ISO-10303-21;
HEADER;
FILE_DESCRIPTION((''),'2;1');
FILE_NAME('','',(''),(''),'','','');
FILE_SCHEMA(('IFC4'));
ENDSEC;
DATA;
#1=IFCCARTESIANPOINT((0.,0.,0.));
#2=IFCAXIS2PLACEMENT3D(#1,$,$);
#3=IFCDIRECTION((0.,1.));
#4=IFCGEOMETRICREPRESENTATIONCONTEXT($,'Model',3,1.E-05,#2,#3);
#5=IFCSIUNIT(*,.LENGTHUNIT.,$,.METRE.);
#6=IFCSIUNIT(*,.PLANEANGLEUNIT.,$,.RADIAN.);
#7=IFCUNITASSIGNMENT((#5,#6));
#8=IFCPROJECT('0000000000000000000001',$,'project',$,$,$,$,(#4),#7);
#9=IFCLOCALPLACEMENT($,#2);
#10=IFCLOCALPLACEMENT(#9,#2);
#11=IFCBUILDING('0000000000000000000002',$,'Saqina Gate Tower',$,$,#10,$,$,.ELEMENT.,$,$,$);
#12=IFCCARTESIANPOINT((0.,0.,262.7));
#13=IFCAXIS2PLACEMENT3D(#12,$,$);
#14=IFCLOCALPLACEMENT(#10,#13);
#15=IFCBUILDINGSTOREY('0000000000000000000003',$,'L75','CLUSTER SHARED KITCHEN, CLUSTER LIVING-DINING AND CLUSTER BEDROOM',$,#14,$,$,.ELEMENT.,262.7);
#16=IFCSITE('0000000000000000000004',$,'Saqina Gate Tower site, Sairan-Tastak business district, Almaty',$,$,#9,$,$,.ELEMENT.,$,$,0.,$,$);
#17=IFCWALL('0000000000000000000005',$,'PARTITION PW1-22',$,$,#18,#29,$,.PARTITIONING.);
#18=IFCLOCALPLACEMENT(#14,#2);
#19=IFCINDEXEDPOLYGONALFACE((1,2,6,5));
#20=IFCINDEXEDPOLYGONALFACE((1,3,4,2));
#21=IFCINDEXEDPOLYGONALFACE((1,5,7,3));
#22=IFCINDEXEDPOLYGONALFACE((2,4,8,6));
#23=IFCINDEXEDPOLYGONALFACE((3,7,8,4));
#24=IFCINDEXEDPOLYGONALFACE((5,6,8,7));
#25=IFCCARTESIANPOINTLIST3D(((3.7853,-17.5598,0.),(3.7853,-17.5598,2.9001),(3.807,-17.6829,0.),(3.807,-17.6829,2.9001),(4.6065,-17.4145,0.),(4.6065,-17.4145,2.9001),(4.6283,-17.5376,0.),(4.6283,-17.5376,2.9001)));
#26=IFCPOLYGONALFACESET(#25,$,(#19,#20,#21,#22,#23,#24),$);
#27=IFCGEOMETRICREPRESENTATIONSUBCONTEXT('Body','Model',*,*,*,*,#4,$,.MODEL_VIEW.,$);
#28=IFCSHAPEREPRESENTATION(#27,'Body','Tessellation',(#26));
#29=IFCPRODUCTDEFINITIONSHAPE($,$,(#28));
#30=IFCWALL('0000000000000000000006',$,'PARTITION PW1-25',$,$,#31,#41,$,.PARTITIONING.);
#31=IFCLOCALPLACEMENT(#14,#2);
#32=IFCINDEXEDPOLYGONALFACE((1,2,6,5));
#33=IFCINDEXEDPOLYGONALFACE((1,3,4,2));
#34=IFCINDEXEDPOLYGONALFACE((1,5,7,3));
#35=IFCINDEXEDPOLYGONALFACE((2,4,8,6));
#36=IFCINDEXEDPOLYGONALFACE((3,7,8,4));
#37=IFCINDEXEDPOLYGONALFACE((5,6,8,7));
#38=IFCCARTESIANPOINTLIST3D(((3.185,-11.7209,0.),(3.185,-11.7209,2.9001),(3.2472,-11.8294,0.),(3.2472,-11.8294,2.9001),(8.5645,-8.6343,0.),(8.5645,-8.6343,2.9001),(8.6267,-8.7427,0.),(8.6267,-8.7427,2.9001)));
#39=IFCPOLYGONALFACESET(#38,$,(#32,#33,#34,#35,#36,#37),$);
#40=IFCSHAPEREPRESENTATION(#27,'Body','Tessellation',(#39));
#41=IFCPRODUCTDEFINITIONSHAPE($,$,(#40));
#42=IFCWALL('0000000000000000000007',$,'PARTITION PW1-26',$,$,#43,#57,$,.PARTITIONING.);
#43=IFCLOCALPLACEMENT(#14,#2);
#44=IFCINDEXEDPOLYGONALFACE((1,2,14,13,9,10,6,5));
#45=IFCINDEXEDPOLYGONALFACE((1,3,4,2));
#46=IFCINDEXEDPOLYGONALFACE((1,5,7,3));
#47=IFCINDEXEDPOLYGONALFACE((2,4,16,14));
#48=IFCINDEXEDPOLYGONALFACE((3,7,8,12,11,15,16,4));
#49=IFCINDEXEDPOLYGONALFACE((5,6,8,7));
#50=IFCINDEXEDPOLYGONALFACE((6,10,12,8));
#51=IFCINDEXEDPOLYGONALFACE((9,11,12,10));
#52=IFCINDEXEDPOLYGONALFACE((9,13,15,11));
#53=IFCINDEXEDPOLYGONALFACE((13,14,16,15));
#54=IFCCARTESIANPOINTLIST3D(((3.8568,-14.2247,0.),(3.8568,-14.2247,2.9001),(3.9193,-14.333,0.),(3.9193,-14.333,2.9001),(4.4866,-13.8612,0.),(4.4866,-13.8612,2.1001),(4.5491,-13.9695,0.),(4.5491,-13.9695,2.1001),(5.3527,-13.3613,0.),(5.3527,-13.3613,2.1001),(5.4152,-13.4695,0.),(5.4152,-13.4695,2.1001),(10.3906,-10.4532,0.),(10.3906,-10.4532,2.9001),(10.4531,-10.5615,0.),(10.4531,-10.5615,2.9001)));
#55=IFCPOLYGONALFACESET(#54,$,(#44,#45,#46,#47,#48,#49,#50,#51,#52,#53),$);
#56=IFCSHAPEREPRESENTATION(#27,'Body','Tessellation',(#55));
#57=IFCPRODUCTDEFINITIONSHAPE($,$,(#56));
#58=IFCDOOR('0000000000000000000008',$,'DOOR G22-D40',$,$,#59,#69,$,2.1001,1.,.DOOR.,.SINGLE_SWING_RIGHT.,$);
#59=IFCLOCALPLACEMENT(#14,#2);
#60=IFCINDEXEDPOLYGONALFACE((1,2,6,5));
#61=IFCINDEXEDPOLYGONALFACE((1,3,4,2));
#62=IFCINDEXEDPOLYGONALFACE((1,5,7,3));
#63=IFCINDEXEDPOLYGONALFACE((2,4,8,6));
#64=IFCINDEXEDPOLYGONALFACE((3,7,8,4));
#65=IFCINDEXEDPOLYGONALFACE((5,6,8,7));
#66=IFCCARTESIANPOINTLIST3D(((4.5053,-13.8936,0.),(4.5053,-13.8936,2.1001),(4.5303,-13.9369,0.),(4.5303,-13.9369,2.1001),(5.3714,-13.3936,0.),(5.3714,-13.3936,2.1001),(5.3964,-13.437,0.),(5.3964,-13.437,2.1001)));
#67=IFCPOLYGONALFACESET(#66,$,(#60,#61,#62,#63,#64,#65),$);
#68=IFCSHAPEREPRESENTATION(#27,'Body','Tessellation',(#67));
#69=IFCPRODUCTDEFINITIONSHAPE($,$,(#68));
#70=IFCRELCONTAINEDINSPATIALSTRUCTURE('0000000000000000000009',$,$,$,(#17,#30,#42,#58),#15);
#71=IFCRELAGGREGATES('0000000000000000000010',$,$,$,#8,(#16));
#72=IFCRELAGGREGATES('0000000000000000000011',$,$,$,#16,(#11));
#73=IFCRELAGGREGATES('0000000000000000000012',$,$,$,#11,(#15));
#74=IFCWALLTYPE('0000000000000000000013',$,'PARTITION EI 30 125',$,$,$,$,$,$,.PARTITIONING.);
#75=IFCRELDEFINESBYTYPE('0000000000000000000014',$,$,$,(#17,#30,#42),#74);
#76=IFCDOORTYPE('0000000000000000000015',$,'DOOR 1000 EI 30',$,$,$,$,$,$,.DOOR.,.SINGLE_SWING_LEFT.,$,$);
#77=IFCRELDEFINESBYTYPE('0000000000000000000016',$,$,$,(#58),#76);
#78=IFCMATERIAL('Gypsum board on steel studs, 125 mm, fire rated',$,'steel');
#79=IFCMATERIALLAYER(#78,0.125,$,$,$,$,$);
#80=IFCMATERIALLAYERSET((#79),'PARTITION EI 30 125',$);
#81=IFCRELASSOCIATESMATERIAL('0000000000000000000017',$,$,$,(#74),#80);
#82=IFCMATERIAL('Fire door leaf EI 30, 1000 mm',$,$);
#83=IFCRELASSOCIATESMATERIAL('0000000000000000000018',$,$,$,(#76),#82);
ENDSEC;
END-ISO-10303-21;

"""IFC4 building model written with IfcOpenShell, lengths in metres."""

from ifc_helpers import new_model, si_unit, direction, frame, frame_2d, origin, place, context, subcontext, project, spatial, rectangle, extrude, material, layer, layer_set, type_object, element, fill, save


model = new_model("IFC4")

# Units and contexts
model_context = context("Model", 3, precision=1e-05, world=origin(), true_north=direction((0.0, 1.0)))
body_context = subcontext(model_context, "Body", "Model", "MODEL_VIEW")
ifc_project = project(units=[si_unit("LENGTHUNIT", "METRE"), si_unit("PLANEANGLEUNIT", "RADIAN")], contexts=[model_context])

# Site, building, storey
site_placement = place(None, origin())
site = spatial("IfcSite", under=ifc_project, at=site_placement, Name="Saqina Gate Tower site, Sairan-Tastak business district, Almaty", CompositionType="ELEMENT", RefElevation=0.0)
building_placement = place(site_placement, origin())
building = spatial("IfcBuilding", under=site, at=building_placement, Name="Saqina Gate Tower", CompositionType="ELEMENT")
storey_placement = place(building_placement, frame((0.0, 0.0, 262.7)))
storey = spatial("IfcBuildingStorey", under=building, at=storey_placement, Name="L75", Description="CLUSTER SHARED KITCHEN, CLUSTER LIVING-DINING AND CLUSTER BEDROOM", CompositionType="ELEMENT", Elevation=262.7)

# Shared definitions
ifc_material_1 = material(Name="Gypsum board on steel studs, 125 mm, fire rated", Category="steel")
ifc_layer_1 = layer(ifc_material_1, 0.125)
ifc_layer_set_1 = layer_set([ifc_layer_1], Name="PARTITION EI 30 125")
wall_type_1 = type_object("IfcWallType", Name="PARTITION EI 30 125", PredefinedType="PARTITIONING", material=ifc_layer_set_1)

# Walls
wall_1_placement = place(storey_placement, frame((3.7961, -17.6213, 0.0), z_axis=(0.0, 0.0, 1.0), x_axis=(0.984716, 0.174169, 0.0)))
element("IfcWall", 1, at=wall_1_placement, inside=storey, type_object=wall_type_1, Name="PARTITION PW1-22", PredefinedType="PARTITIONING", context=body_context, shape_type="SweptSolid", body=[
    extrude(rectangle(XDim=0.834, YDim=0.125, at=frame_2d((0.417, 0.0))), origin(), (0.0, 0.0, 1.0), 2.9001),
])
wall_2_placement = place(storey_placement, frame((3.2161, -11.7751, 0.0), z_axis=(0.0, 0.0, 1.0), x_axis=(0.867367, 0.497668, 0.0)))
element("IfcWall", 2, at=wall_2_placement, inside=storey, type_object=wall_type_1, Name="PARTITION PW1-25", PredefinedType="PARTITIONING", context=body_context, shape_type="SweptSolid", body=[
    extrude(rectangle(XDim=6.2021, YDim=0.125, at=frame_2d((3.1011, 0.0))), origin(), (0.0, 0.0, 1.0), 2.9001),
])

# Wall, opening, door
wall_3_placement = place(storey_placement, frame((3.8882, -14.2788, 0.0), z_axis=(0.0, 0.0, 1.0), x_axis=(0.866068, 0.499926, 0.0)))
wall_3 = element("IfcWall", 3, at=wall_3_placement, inside=storey, type_object=wall_type_1, Name="PARTITION PW1-26", PredefinedType="PARTITIONING", context=body_context, shape_type="SweptSolid", body=[
    extrude(rectangle(XDim=7.5442, YDim=0.125, at=frame_2d((3.772, 0.0))), origin(), (0.0, 0.0, 1.0), 2.9001),
])
opening_1_placement = place(wall_3_placement, frame((0.7271, 0.0, 0.0)))
opening_1 = element("IfcOpeningElement", 4, at=opening_1_placement, cuts=wall_3, PredefinedType="OPENING", context=body_context, shape_type="SweptSolid", body=[
    extrude(rectangle(XDim=1.0, YDim=2.1001, at=frame_2d((0.5, 1.05))), frame((0.0, 0.0745, 0.0), z_axis=(0.0, -1.0, 0.0), x_axis=(1.0, 0.0, 0.0)), (0.0, 0.0, 1.0), 0.1489),
])
ifc_material_2 = material(Name="Fire door leaf EI 30, 1000 mm")
door_type_1 = type_object("IfcDoorType", Name="DOOR 1000 EI 30", OperationType="SINGLE_SWING_LEFT", PredefinedType="DOOR", material=ifc_material_2)
door_1_placement = place(opening_1_placement, frame((1.0, 0.0, 0.0), z_axis=(0.0, 0.0, 1.0), x_axis=(-1.0, 0.0, 0.0)))
door_1 = element("IfcDoor", 5, at=door_1_placement, inside=storey, type_object=door_type_1, Name="DOOR G22-D40", OperationType="SINGLE_SWING_RIGHT", OverallHeight=2.1001, OverallWidth=1.0, PredefinedType="DOOR", context=body_context, shape_type="SweptSolid", body=[
    extrude(rectangle(XDim=1.0, YDim=2.1001, at=frame_2d((0.5, 1.05))), frame((0.0, 0.0249, 0.0), z_axis=(0.0, -1.0, 0.0), x_axis=(1.0, 0.0, 0.0)), (0.0, 0.0, 1.0), 0.05),
])
fill(opening_1, door_1)

save(model, "model.ifc")
